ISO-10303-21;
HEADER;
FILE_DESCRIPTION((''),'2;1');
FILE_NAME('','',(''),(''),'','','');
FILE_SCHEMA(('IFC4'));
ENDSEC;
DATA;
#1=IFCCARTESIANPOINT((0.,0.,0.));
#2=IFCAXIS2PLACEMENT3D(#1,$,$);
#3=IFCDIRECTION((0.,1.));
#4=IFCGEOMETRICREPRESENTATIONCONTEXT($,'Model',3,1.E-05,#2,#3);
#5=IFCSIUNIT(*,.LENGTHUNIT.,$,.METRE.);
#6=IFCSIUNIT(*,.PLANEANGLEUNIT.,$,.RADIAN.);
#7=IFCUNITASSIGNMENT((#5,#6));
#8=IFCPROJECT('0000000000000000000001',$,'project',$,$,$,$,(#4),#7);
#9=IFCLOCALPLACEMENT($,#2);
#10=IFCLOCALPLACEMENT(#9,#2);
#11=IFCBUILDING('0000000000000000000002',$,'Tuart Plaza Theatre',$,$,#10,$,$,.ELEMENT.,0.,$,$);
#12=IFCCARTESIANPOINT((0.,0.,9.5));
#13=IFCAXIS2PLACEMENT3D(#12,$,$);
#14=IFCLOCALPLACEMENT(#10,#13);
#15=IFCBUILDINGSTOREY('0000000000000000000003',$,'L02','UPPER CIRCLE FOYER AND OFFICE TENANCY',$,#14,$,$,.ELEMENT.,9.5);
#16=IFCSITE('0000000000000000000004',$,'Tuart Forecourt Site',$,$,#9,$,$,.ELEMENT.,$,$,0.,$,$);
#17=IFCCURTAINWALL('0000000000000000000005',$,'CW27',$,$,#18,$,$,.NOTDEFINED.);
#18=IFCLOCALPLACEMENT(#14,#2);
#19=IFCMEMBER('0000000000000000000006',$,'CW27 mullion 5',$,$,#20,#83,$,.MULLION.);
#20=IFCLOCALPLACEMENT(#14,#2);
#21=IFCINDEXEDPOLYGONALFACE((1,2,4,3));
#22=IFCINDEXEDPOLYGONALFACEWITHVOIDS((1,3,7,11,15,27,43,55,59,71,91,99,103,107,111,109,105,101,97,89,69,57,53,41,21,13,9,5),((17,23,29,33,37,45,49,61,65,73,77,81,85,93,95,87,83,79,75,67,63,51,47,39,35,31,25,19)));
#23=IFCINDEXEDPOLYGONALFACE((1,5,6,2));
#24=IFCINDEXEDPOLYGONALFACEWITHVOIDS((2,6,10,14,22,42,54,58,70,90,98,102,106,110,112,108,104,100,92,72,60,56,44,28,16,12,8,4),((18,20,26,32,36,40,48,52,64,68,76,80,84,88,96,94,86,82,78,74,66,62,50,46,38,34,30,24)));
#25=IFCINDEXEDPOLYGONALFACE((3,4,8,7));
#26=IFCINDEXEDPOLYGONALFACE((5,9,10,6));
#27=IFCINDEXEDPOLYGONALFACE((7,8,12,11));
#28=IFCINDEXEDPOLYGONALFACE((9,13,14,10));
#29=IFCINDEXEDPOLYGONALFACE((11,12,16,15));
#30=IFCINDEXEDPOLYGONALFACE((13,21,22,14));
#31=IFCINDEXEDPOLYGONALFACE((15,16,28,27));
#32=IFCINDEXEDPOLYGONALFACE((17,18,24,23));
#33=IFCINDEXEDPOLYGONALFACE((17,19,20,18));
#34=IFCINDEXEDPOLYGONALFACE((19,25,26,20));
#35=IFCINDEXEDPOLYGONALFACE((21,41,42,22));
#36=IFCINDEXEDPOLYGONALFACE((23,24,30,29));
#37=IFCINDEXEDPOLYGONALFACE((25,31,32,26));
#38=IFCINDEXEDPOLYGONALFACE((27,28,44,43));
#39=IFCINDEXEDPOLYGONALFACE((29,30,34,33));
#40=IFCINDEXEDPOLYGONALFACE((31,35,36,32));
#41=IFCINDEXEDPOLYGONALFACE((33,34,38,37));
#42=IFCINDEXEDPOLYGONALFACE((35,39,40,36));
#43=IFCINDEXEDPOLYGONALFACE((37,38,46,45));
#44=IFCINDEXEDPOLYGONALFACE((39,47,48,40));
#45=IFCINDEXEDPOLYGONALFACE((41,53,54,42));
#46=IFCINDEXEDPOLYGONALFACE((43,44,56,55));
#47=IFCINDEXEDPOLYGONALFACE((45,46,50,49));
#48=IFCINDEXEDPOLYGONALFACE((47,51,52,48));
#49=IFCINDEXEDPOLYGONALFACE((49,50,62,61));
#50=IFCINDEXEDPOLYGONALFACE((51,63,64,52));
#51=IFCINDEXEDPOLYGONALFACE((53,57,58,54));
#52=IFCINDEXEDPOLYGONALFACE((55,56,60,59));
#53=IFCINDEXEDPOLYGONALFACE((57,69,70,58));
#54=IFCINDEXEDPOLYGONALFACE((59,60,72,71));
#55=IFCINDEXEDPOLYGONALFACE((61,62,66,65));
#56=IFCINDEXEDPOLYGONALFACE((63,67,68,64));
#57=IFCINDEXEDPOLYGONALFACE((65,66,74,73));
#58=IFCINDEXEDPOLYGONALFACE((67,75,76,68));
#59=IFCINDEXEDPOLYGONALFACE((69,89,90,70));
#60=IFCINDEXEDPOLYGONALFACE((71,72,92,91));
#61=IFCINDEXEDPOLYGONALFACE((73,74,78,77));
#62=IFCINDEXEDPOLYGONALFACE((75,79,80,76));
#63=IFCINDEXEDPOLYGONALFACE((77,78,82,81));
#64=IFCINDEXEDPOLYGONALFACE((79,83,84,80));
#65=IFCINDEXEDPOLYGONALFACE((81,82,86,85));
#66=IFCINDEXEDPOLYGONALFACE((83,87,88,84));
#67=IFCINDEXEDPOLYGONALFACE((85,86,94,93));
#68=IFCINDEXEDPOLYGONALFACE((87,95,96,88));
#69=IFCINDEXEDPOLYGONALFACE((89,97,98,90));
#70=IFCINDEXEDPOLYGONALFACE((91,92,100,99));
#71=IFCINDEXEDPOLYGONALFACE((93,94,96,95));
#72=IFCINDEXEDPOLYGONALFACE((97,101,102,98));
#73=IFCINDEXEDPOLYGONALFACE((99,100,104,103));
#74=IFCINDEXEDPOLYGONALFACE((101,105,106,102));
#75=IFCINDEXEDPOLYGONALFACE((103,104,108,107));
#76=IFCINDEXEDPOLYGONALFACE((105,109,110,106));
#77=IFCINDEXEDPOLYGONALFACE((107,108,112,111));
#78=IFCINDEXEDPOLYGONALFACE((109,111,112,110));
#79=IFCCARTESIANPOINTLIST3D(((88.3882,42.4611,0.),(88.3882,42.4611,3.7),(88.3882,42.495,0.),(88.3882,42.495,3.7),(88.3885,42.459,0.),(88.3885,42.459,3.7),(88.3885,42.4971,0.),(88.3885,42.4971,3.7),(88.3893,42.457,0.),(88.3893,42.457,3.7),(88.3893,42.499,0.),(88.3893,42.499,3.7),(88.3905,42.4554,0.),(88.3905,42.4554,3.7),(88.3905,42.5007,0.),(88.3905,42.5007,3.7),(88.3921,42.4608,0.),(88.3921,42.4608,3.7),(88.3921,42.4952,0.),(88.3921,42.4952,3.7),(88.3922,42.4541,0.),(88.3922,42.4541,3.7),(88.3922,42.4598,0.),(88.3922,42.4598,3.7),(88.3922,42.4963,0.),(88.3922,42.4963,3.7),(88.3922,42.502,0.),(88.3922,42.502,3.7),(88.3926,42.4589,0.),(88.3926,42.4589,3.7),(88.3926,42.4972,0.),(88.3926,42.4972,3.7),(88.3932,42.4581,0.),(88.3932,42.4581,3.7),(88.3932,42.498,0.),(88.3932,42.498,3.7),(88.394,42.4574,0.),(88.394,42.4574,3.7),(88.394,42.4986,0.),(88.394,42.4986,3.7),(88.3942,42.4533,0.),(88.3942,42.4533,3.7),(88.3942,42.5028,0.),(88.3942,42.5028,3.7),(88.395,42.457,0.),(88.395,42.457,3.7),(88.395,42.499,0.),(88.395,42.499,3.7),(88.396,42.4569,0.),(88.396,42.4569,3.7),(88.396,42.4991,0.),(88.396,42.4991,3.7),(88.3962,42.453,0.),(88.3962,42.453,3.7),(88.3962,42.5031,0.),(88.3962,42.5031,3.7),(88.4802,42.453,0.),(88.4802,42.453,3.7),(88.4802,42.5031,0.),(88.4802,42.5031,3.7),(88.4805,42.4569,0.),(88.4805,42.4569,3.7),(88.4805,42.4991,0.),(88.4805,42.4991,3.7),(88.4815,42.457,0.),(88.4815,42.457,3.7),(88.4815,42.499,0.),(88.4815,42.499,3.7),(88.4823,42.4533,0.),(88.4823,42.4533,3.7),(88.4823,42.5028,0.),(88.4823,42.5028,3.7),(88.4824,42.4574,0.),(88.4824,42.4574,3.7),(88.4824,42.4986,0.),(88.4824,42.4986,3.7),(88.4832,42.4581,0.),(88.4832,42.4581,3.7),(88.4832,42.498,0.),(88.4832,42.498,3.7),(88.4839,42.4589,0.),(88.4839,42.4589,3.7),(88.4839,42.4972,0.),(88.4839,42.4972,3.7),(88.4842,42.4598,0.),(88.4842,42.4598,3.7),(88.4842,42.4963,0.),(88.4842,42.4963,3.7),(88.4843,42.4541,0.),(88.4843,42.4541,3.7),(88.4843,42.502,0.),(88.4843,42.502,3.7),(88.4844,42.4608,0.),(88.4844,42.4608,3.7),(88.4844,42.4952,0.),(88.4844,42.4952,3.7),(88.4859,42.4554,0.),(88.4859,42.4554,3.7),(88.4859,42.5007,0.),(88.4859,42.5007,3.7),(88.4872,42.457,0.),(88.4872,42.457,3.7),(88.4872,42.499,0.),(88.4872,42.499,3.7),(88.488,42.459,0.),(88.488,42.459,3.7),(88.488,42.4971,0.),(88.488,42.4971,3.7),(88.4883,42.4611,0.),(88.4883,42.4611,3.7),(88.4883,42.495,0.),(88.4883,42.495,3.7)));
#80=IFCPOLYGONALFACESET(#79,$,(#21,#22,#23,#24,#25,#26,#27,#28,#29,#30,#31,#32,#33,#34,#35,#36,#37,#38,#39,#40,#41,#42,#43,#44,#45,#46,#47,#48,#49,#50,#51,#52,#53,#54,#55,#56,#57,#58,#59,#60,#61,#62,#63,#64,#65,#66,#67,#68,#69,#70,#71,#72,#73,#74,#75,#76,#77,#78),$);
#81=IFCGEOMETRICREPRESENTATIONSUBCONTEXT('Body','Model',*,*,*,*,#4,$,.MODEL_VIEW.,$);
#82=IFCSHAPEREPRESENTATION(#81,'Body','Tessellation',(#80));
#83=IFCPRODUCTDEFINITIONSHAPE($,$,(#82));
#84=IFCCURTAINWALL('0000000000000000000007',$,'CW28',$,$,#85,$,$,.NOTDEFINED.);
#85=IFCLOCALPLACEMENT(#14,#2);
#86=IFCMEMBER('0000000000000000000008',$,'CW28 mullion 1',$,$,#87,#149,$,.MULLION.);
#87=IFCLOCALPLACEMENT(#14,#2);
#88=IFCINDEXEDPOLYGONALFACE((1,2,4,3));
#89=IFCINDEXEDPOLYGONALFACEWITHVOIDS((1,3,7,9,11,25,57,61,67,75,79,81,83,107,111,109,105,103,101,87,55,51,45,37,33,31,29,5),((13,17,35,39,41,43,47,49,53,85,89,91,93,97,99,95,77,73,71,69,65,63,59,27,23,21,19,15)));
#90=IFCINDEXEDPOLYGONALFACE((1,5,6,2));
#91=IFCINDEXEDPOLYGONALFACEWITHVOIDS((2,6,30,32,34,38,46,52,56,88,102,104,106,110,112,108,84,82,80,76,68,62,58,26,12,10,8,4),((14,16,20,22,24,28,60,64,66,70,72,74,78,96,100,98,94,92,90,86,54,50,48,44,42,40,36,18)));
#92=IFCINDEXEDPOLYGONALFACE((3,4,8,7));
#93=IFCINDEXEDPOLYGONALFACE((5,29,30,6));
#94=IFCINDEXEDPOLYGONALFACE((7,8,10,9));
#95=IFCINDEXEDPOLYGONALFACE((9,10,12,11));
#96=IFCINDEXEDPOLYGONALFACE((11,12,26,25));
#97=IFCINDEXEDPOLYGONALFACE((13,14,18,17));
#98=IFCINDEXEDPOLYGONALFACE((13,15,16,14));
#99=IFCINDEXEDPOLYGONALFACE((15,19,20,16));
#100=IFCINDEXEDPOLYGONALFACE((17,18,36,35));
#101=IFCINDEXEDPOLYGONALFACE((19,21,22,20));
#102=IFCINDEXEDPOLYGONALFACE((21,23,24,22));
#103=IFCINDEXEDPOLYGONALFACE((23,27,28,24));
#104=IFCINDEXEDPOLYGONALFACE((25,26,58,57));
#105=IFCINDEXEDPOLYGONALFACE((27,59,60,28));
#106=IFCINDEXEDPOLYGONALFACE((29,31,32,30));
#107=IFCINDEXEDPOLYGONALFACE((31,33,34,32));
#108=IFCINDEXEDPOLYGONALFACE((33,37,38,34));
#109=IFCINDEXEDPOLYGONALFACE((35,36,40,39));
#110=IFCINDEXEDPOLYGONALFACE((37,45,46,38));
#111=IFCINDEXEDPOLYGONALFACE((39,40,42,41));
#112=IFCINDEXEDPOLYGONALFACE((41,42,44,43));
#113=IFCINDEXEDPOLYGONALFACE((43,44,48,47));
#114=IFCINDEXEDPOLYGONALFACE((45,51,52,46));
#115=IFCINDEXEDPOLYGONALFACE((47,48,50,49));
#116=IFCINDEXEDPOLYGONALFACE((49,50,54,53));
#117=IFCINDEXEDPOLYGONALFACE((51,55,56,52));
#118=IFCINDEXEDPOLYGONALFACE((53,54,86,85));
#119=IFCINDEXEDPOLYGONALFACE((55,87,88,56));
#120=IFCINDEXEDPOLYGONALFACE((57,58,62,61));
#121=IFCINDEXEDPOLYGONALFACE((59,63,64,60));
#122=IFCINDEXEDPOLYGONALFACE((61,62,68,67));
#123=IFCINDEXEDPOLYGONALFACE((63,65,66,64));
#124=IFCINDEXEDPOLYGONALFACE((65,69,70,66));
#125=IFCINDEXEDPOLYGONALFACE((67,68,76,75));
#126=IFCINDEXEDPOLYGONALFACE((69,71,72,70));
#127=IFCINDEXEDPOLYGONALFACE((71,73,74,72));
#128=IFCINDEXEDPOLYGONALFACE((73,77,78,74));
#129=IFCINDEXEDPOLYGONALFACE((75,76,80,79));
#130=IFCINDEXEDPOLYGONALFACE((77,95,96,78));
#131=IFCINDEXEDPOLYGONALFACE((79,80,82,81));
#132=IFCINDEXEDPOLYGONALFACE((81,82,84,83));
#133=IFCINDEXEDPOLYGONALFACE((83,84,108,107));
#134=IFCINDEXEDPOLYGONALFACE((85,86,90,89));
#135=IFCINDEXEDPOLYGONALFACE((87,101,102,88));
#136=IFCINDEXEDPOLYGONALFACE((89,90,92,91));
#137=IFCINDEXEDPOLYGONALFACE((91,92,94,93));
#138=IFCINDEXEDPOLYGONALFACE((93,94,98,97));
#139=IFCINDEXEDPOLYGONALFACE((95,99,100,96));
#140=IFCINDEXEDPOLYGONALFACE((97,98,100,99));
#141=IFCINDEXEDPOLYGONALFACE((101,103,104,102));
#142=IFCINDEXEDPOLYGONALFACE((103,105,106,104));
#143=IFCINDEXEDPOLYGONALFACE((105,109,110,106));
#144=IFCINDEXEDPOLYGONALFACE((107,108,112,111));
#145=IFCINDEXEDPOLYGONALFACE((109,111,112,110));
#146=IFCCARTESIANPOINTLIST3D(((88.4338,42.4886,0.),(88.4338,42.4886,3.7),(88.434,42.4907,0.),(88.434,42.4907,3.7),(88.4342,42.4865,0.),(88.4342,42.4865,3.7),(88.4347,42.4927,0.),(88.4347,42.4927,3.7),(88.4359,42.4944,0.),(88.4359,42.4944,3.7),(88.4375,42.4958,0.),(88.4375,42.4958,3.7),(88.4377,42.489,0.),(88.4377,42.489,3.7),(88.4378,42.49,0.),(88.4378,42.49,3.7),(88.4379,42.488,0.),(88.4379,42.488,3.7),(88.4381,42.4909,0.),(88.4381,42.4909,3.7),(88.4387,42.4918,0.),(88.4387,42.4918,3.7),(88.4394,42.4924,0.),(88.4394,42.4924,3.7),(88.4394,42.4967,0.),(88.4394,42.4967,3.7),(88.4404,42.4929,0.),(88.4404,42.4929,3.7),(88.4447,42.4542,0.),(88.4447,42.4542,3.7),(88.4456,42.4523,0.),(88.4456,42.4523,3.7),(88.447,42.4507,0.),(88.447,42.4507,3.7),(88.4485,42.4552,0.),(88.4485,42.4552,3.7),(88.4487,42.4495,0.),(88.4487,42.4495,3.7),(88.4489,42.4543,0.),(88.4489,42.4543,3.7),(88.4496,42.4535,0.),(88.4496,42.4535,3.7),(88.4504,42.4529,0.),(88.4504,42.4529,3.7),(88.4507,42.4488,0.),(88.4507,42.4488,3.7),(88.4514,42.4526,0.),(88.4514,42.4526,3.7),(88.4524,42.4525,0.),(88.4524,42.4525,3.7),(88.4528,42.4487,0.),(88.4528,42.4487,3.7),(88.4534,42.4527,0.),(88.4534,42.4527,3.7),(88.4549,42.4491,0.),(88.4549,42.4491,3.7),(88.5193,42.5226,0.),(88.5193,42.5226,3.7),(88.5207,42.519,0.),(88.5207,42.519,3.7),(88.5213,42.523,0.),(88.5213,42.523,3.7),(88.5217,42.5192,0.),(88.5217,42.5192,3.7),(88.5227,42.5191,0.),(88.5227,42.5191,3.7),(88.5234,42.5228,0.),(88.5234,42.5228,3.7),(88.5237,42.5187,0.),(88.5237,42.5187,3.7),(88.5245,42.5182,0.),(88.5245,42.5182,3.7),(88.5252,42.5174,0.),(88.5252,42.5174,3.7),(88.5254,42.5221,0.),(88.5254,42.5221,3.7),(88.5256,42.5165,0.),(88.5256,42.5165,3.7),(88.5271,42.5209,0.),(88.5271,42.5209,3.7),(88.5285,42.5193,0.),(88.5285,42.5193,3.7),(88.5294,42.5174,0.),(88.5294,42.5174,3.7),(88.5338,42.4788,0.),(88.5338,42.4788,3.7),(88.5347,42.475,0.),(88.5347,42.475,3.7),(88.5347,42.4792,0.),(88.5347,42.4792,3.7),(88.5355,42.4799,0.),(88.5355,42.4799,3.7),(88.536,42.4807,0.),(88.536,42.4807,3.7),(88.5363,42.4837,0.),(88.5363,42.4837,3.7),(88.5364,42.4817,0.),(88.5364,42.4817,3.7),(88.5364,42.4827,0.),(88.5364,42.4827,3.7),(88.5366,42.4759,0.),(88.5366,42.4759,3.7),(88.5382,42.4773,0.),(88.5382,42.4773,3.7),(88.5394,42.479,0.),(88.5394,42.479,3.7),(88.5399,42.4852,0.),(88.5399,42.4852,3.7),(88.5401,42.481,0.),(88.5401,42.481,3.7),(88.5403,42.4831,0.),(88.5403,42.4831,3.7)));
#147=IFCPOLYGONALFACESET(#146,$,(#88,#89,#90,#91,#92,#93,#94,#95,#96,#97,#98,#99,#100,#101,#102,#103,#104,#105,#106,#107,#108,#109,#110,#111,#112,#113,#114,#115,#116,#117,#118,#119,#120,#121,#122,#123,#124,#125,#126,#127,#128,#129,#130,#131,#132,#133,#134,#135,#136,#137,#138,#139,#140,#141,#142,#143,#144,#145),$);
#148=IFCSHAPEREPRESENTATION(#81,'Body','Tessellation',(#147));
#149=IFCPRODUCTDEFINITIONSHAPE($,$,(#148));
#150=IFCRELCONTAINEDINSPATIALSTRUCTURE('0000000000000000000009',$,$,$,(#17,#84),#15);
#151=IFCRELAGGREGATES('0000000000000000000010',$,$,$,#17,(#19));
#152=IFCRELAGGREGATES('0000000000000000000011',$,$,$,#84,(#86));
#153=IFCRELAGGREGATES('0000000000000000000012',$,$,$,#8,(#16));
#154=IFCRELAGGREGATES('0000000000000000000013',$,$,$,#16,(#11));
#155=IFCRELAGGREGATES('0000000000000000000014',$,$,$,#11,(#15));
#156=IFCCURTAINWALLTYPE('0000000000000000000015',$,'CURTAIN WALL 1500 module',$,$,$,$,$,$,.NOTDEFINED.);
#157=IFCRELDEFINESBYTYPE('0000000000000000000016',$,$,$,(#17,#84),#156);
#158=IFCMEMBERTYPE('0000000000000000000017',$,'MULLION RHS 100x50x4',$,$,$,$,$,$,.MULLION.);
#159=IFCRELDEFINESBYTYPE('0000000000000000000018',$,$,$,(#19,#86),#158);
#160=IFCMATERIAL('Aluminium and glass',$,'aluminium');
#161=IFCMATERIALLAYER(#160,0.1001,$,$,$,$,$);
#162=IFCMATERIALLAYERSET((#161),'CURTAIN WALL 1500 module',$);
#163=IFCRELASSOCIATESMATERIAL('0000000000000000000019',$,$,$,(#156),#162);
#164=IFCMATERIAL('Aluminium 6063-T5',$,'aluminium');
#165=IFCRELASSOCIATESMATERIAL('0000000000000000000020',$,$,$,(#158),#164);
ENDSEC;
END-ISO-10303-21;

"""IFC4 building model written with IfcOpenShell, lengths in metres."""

from ifc_helpers import new_model, si_unit, direction, frame, origin, origin_2d, place, context, subcontext, project, spatial, hollow_rectangle, extrude, material, layer, layer_set, material_profile, profile_set, type_object, element, aggregate, save


model = new_model("IFC4")

# Units and contexts
model_context = context("Model", 3, precision=1e-05, world=origin(), true_north=direction((0.0, 1.0)))
body_context = subcontext(model_context, "Body", "Model", "MODEL_VIEW")
ifc_project = project(units=[si_unit("LENGTHUNIT", "METRE"), si_unit("PLANEANGLEUNIT", "RADIAN")], contexts=[model_context])

# Site, building, storey
site_placement = place(None, origin())
site = spatial("IfcSite", under=ifc_project, at=site_placement, Name="Tuart Forecourt Site", CompositionType="ELEMENT", RefElevation=0.0)
building_placement = place(site_placement, origin())
building = spatial("IfcBuilding", under=site, at=building_placement, Name="Tuart Plaza Theatre", CompositionType="ELEMENT", ElevationOfRefHeight=0.0)
storey_placement = place(building_placement, frame((0.0, 0.0, 9.5)))
storey = spatial("IfcBuildingStorey", under=building, at=storey_placement, Name="L02", Description="UPPER CIRCLE FOYER AND OFFICE TENANCY", CompositionType="ELEMENT", Elevation=9.5)

# Curtain wall, member
ifc_material_1 = material(Name="Aluminium and glass", Category="aluminium")
ifc_layer_1 = layer(ifc_material_1, 0.1001)
ifc_layer_set_1 = layer_set([ifc_layer_1], Name="CURTAIN WALL 1500 module")
curtain_wall_type = type_object("IfcCurtainWallType", Name="CURTAIN WALL 1500 module", PredefinedType="NOTDEFINED", material=ifc_layer_set_1)
curtain_wall_1_placement = place(storey_placement, origin())
curtain_wall_1 = element("IfcCurtainWall", 1, at=curtain_wall_1_placement, inside=storey, type_object=curtain_wall_type, Name="CW27", PredefinedType="NOTDEFINED")
ifc_material_2 = material(Name="Aluminium 6063-T5", Category="aluminium")
ifc_material_profile_1 = material_profile(ifc_material_2, hollow_rectangle(XDim=0.05, YDim=0.1001, WallThickness=0.0039, InnerFilletRadius=0.0039, OuterFilletRadius=0.0081, at=origin_2d()), Name="RHS 100x50x4")
ifc_profile_set_1 = profile_set([ifc_material_profile_1], Name="Aluminium 6063-T5")
member_type_1 = type_object("IfcMemberType", Name="MULLION RHS 100x50x4", PredefinedType="MULLION", material=ifc_profile_set_1)
member_1_placement = place(storey_placement, frame((88.4382, 42.478, 0.0), z_axis=(0.0, 0.0, 1.0), x_axis=(0.0, 1.0, 0.0)))
member_1 = element("IfcMember", 2, at=member_1_placement, type_object=member_type_1, Name="CW27 mullion 5", PredefinedType="MULLION", context=body_context, shape_type="SweptSolid", body=[
    extrude(hollow_rectangle(XDim=0.05, YDim=0.1001, WallThickness=0.0039, InnerFilletRadius=0.0039, OuterFilletRadius=0.0081, at=origin_2d()), origin(), (0.0, 0.0, 1.0), 3.7),
])

# Curtain wall, member
curtain_wall_2_placement = place(storey_placement, origin())
curtain_wall_2 = element("IfcCurtainWall", 3, at=curtain_wall_2_placement, inside=storey, type_object=curtain_wall_type, Name="CW28", PredefinedType="NOTDEFINED")
member_2_placement = place(storey_placement, frame((88.4871, 42.4858, 0.0), z_axis=(0.0, 0.0, 1.0), x_axis=(-0.309018, 0.951056, 0.0)))
member_2 = element("IfcMember", 4, at=member_2_placement, type_object=member_type_1, Name="CW28 mullion 1", PredefinedType="MULLION", context=body_context, shape_type="SweptSolid", body=[
    extrude(hollow_rectangle(XDim=0.05, YDim=0.1001, WallThickness=0.0039, InnerFilletRadius=0.0039, OuterFilletRadius=0.0081, at=origin_2d()), origin(), (0.0, 0.0, 1.0), 3.7),
])

aggregate(curtain_wall_1, [member_1])
aggregate(curtain_wall_2, [member_2])

save(model, "model.ifc")
